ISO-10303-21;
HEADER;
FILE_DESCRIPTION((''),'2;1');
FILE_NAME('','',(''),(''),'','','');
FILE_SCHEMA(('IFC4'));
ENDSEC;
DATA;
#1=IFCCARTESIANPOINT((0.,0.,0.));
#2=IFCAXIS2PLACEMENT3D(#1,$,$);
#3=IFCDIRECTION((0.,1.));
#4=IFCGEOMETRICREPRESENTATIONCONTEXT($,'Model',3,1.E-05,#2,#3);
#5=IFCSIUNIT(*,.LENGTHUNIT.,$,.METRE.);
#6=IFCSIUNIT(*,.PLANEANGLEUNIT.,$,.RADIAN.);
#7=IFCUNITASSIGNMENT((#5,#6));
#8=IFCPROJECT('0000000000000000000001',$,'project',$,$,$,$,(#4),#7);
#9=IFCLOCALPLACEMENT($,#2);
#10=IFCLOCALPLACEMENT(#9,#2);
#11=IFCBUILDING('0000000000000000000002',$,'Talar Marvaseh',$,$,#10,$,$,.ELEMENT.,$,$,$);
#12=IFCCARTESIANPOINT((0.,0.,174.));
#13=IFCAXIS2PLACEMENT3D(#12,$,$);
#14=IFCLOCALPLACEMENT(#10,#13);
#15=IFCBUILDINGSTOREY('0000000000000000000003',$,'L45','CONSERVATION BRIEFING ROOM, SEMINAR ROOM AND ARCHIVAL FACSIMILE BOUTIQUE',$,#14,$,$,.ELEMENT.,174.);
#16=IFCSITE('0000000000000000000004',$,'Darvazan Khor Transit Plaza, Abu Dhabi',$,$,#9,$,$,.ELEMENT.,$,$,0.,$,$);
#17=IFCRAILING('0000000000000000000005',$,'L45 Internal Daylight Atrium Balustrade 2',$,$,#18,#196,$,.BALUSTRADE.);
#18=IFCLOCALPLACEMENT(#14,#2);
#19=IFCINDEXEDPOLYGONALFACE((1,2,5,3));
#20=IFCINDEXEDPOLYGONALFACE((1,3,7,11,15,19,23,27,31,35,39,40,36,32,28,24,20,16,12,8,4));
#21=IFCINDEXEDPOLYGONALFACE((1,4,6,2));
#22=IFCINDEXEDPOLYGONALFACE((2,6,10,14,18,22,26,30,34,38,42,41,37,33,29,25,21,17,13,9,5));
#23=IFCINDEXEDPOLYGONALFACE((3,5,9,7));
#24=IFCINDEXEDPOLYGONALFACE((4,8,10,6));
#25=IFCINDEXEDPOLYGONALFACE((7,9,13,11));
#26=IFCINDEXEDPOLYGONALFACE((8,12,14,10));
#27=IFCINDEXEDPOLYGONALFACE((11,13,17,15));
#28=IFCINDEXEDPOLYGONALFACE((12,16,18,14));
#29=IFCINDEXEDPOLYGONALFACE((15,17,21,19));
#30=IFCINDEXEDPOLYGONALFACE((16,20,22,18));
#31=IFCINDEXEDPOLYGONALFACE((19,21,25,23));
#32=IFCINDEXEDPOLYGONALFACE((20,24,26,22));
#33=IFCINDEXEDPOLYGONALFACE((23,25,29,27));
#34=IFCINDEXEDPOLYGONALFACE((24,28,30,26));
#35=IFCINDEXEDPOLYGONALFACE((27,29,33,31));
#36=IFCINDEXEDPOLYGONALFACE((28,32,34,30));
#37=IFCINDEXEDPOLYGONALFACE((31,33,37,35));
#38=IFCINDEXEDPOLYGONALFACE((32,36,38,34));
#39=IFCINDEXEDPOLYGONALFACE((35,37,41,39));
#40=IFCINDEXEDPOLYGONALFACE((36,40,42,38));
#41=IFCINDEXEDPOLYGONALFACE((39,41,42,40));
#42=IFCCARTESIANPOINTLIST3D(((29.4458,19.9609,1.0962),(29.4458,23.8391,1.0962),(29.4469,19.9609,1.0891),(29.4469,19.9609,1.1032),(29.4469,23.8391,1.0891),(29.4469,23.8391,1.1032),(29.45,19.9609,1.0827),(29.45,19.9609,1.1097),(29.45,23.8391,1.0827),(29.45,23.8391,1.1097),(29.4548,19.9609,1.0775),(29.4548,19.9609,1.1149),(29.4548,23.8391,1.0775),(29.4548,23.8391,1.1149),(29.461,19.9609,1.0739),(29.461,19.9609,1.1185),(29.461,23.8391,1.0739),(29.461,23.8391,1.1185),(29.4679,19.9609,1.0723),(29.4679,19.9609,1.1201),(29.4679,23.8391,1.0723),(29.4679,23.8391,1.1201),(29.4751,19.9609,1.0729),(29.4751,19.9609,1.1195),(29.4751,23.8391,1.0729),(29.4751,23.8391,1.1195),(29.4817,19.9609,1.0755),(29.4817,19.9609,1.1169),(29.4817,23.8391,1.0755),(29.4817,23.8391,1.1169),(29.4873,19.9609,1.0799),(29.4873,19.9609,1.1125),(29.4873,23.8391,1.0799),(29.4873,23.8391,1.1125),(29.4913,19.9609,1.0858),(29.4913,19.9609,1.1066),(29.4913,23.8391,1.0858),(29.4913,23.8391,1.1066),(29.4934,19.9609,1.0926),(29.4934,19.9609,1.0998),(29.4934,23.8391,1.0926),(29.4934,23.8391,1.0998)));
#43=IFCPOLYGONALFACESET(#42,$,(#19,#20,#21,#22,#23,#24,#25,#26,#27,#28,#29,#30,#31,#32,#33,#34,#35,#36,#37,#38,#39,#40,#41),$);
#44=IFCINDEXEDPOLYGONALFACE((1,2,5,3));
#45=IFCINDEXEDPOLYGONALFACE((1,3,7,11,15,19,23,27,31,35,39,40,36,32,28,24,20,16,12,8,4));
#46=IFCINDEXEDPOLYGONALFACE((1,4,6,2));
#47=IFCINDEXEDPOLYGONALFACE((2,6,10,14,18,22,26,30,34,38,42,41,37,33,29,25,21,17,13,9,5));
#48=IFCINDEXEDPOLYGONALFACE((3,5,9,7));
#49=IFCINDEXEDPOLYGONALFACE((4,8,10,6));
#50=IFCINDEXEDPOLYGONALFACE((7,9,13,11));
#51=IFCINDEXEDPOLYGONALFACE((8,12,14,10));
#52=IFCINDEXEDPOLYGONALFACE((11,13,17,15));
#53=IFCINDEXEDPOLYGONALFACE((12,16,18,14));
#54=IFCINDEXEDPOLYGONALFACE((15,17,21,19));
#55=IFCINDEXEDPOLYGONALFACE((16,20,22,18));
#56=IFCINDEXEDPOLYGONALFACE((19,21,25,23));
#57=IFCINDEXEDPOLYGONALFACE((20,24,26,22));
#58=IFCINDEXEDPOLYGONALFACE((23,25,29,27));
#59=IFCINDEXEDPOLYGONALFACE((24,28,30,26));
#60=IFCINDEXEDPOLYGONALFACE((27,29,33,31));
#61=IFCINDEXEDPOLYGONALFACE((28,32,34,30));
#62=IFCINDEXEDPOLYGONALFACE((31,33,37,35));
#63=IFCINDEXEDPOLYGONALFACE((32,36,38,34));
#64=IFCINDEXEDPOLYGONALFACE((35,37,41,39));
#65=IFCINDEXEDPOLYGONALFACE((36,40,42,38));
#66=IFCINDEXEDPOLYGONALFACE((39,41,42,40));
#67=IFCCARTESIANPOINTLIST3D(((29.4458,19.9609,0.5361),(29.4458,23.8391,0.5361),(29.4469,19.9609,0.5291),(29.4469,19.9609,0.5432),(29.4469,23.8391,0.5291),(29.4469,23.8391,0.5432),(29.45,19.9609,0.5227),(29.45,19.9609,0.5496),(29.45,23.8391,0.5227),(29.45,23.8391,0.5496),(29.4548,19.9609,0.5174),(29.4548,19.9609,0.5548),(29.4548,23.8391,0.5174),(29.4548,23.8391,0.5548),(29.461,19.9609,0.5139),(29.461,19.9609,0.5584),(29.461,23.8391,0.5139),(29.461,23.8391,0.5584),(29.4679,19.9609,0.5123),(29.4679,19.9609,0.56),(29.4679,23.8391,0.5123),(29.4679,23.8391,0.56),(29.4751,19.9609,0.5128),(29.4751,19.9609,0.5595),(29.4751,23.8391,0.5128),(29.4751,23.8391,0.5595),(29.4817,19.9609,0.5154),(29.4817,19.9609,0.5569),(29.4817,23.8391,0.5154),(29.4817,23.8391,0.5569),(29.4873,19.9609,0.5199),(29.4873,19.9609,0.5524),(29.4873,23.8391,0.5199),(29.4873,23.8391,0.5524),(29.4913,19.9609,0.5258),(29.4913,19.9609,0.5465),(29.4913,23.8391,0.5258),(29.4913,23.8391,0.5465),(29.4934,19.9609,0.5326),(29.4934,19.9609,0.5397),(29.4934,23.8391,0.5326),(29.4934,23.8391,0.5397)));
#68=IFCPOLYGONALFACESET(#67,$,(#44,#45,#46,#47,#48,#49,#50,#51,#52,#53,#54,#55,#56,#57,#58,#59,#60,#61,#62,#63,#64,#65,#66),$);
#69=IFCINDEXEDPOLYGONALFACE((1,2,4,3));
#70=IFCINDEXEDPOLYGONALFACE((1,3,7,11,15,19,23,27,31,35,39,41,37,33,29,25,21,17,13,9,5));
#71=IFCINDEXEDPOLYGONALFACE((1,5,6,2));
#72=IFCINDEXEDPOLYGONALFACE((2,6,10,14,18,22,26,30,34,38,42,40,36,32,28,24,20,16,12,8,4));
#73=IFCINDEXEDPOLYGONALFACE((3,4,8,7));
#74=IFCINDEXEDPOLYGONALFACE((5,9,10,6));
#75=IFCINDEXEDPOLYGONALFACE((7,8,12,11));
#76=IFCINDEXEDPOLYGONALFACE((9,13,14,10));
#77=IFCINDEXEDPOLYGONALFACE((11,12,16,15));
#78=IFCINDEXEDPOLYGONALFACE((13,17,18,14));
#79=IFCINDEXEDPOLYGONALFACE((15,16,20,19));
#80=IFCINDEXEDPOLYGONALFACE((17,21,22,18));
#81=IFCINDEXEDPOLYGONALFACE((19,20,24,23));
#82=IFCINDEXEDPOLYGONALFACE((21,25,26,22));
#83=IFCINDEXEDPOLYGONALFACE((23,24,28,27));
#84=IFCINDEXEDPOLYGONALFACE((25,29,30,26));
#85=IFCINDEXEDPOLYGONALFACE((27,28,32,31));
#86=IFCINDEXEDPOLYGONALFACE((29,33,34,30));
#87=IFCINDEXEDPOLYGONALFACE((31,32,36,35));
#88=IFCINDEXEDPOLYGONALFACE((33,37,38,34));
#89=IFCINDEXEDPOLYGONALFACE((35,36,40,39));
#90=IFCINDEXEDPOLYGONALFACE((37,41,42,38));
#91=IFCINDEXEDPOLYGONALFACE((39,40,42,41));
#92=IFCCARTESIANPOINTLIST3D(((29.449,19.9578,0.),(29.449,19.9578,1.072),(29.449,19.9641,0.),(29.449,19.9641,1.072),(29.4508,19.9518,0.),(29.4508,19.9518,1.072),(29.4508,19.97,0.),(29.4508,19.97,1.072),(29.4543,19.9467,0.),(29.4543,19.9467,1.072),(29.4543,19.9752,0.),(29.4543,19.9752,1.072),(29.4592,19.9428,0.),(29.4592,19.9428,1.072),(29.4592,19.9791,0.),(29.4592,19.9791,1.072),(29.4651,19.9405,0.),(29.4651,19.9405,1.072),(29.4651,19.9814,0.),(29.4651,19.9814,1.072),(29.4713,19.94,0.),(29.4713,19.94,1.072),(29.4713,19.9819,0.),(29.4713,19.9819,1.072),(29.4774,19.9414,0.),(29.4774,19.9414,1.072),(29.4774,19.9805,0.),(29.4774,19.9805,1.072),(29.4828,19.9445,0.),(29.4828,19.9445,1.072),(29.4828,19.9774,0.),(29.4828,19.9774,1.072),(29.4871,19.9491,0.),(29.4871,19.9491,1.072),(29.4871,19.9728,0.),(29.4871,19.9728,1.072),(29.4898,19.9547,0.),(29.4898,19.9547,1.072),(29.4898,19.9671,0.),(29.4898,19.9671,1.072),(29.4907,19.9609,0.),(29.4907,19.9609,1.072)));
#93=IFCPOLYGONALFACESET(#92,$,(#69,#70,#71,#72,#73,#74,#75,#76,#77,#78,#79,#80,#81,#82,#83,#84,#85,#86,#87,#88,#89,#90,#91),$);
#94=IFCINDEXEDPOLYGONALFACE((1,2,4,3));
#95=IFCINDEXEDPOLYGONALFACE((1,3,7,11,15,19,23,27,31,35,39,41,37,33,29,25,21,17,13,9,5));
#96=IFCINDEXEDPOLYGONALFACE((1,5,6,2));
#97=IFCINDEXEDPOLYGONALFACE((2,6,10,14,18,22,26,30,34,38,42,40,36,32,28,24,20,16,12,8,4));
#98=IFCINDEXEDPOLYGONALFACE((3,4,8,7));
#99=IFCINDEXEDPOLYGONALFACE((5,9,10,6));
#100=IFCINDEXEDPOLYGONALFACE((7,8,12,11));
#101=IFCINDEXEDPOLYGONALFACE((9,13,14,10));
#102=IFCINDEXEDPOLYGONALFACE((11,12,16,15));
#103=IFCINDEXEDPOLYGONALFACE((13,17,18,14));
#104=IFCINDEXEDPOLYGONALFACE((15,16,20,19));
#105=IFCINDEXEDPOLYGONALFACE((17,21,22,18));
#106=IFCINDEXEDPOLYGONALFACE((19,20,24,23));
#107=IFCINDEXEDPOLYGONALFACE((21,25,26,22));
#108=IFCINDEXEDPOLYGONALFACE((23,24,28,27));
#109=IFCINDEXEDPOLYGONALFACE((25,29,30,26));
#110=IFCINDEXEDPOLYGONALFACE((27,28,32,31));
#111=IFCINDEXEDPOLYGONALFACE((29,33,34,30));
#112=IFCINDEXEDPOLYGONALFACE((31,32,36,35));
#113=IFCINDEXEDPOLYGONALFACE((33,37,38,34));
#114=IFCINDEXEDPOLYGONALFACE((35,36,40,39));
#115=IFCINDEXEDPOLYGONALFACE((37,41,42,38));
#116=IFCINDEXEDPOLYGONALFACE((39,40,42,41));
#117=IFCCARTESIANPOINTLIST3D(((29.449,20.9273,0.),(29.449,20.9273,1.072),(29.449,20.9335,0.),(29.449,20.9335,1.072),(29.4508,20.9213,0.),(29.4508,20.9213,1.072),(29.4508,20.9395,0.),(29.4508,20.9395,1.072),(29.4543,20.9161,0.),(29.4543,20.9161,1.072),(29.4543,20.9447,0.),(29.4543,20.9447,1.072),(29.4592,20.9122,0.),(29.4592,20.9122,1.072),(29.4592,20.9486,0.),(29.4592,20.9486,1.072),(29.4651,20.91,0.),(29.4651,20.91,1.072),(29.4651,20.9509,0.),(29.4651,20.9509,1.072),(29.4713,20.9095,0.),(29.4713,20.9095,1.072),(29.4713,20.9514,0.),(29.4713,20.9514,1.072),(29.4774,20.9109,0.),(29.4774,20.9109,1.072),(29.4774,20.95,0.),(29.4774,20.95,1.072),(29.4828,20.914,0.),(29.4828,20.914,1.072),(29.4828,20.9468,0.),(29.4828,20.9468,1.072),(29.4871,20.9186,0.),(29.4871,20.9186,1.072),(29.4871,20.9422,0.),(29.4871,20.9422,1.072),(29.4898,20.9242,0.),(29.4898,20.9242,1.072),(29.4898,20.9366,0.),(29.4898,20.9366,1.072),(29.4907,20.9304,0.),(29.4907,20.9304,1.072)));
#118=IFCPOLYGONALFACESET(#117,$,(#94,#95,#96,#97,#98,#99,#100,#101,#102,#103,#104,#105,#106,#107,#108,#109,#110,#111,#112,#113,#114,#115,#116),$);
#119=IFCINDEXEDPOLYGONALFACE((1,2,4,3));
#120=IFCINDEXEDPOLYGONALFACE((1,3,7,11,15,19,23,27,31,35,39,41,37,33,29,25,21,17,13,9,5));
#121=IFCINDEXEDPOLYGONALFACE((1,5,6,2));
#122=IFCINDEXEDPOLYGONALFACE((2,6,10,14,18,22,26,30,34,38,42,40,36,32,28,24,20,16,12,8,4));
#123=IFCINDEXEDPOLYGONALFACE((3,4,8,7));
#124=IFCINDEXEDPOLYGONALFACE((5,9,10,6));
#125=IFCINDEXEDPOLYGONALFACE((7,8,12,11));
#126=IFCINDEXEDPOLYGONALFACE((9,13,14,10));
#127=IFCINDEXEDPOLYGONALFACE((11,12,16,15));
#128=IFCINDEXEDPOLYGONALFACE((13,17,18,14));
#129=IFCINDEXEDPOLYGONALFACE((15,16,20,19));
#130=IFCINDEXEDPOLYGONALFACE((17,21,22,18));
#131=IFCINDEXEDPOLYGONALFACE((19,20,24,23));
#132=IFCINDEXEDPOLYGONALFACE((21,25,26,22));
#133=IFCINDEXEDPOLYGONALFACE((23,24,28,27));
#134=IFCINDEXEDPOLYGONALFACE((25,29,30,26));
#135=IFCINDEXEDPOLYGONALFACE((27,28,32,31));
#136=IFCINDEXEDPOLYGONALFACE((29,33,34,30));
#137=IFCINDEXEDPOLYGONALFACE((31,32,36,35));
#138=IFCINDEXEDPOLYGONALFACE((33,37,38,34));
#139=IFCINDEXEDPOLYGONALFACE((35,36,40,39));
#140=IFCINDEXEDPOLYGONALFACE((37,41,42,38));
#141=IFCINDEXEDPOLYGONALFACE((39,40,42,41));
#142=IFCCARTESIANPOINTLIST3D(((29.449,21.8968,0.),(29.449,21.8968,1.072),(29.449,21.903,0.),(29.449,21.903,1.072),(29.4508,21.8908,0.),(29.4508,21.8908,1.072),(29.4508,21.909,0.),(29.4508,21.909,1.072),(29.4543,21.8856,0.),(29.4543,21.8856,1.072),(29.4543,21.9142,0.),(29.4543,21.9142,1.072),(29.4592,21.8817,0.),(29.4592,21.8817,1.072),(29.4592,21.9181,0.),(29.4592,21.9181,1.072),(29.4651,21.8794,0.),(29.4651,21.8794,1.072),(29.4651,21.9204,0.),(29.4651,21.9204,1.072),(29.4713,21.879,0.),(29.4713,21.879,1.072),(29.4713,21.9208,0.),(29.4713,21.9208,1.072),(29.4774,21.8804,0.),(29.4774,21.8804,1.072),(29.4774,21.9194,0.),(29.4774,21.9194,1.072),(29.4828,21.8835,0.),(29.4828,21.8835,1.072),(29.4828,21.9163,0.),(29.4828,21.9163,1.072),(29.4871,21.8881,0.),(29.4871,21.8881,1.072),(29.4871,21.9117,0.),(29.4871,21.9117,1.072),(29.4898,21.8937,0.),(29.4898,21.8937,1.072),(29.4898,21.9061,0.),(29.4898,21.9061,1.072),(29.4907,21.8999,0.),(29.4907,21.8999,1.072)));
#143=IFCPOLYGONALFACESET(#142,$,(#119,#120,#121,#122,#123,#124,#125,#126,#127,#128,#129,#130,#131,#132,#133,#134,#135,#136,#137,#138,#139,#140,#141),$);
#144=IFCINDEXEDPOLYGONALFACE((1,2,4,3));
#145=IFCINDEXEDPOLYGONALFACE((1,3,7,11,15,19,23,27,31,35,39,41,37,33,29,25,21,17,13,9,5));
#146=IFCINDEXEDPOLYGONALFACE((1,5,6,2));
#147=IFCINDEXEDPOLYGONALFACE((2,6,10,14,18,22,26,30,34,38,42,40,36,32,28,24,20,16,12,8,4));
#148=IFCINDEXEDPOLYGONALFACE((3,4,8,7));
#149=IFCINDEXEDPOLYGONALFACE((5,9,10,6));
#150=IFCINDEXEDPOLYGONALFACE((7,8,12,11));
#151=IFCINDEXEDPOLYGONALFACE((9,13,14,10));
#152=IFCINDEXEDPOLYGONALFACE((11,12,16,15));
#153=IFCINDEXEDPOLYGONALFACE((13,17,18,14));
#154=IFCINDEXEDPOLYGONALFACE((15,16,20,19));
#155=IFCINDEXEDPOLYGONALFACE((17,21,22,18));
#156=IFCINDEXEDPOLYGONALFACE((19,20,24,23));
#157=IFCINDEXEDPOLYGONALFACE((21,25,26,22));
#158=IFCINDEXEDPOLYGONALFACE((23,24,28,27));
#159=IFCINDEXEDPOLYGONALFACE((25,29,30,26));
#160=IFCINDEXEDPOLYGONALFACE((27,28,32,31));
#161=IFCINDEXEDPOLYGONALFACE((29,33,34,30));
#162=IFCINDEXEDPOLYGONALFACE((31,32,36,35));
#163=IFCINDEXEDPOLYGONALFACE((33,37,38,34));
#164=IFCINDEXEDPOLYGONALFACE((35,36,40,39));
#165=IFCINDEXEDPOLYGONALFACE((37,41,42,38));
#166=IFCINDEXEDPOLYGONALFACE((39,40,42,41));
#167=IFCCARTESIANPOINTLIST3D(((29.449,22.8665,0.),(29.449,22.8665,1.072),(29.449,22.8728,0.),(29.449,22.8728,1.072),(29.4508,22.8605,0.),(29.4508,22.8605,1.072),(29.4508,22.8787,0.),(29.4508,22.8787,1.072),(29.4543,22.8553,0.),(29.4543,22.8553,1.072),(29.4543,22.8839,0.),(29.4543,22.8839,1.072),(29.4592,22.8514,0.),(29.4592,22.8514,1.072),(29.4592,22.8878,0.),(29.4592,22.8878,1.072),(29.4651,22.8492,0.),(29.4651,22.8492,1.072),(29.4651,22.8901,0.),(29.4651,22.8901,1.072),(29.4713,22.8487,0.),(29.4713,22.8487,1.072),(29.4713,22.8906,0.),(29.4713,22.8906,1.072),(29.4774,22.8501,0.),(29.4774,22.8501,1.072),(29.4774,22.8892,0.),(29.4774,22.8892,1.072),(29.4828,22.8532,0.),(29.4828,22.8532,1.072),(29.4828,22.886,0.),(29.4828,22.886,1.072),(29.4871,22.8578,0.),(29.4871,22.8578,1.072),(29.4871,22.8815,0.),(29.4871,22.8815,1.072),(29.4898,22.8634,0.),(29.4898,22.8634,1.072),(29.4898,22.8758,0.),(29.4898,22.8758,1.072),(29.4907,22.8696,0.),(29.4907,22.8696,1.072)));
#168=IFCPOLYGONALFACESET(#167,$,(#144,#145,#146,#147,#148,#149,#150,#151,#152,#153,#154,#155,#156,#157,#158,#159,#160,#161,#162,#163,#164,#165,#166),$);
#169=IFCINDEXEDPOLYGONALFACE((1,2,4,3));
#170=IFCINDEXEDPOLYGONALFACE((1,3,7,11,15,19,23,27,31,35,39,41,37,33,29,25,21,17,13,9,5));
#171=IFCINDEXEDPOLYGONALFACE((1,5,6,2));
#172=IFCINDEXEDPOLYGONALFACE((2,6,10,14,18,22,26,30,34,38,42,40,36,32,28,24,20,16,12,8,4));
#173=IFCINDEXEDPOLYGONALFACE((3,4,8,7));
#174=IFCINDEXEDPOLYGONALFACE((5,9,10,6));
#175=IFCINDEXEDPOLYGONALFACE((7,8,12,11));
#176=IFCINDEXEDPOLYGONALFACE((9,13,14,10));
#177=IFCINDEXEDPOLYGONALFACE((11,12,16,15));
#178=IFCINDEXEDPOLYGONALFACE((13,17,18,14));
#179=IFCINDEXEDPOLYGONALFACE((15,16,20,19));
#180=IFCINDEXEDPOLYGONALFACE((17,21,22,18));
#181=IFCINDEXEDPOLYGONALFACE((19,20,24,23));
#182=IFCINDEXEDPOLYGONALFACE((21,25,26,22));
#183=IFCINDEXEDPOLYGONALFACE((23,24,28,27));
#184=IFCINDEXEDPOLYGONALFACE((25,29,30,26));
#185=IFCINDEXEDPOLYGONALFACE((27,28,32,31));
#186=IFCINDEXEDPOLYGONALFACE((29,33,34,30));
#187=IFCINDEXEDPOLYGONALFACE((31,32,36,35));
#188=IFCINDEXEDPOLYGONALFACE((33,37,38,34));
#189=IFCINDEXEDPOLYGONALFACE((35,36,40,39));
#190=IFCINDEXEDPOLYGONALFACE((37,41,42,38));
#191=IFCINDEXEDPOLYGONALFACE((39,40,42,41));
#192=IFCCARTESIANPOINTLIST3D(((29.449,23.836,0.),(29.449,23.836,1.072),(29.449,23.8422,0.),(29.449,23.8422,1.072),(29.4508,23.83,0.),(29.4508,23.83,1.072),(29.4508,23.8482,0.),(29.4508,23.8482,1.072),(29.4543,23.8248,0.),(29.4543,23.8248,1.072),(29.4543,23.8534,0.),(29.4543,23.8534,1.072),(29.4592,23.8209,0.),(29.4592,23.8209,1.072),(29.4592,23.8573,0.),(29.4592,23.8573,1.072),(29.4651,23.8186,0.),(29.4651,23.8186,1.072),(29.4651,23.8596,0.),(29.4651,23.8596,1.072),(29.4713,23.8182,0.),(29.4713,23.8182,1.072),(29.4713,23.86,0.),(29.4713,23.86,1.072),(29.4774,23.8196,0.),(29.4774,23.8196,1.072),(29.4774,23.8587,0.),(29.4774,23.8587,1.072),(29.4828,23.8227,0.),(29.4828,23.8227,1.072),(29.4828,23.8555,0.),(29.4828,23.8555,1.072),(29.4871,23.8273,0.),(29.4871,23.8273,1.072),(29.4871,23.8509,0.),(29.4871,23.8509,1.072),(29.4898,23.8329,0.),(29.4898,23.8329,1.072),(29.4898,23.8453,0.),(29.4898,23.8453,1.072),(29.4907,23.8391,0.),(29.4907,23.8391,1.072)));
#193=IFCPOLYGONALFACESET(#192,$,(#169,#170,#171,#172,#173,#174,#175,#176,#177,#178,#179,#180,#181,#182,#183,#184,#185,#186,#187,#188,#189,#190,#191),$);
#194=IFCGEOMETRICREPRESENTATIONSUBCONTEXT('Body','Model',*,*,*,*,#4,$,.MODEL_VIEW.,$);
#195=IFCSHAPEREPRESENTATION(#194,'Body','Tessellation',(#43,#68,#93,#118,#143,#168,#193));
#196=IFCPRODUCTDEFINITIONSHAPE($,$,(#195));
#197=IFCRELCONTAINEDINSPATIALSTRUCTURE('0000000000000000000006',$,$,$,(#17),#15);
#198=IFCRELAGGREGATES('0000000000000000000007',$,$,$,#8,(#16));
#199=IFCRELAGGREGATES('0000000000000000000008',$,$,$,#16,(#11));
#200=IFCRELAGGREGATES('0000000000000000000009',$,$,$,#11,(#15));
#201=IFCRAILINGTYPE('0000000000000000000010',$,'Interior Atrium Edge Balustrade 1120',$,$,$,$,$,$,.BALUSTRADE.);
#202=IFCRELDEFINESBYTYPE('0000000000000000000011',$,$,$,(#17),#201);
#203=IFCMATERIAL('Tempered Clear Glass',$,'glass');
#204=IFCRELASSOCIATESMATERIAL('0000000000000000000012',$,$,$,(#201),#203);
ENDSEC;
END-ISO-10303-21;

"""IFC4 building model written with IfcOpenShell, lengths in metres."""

from ifc_helpers import new_model, si_unit, direction, frame, origin, origin_2d, place, context, subcontext, project, spatial, circle, extrude, material, type_object, element, save


model = new_model("IFC4")

# Units and contexts
model_context = context("Model", 3, precision=1e-05, world=origin(), true_north=direction((0.0, 1.0)))
body_context = subcontext(model_context, "Body", "Model", "MODEL_VIEW")
ifc_project = project(units=[si_unit("LENGTHUNIT", "METRE"), si_unit("PLANEANGLEUNIT", "RADIAN")], contexts=[model_context])

# Site, building, storey
site_placement = place(None, origin())
site = spatial("IfcSite", under=ifc_project, at=site_placement, Name="Darvazan Khor Transit Plaza, Abu Dhabi", CompositionType="ELEMENT", RefElevation=0.0)
building_placement = place(site_placement, origin())
building = spatial("IfcBuilding", under=site, at=building_placement, Name="Talar Marvaseh", CompositionType="ELEMENT")
storey_placement = place(building_placement, frame((0.0, 0.0, 174.0)))
storey = spatial("IfcBuildingStorey", under=building, at=storey_placement, Name="L45", Description="CONSERVATION BRIEFING ROOM, SEMINAR ROOM AND ARCHIVAL FACSIMILE BOUTIQUE", CompositionType="ELEMENT", Elevation=174.0)

# Railing
ifc_material_1 = material(Name="Tempered Clear Glass", Category="glass")
railing_type = type_object("IfcRailingType", Name="Interior Atrium Edge Balustrade 1120", PredefinedType="BALUSTRADE", material=ifc_material_1)
railing_1_placement = place(storey_placement, frame((29.4697, 19.9609, 0.0)))
element("IfcRailing", 1, at=railing_1_placement, inside=storey, type_object=railing_type, Name="L45 Internal Daylight Atrium Balustrade 2", PredefinedType="BALUSTRADE", context=body_context, shape_type="SweptSolid", body=[
    extrude(circle(Radius=0.0239, at=origin_2d()), frame((0.0, 0.0, 1.0962), z_axis=(0.0, 1.0, 0.0), x_axis=(-1.0, 0.0, 0.0)), (0.0, 0.0, 1.0), 3.8782),
    extrude(circle(Radius=0.0239, at=origin_2d()), frame((0.0, 0.0, 0.5361), z_axis=(0.0, 1.0, 0.0), x_axis=(-1.0, 0.0, 0.0)), (0.0, 0.0, 1.0), 3.8782),
    extrude(circle(Radius=0.021, at=origin_2d()), origin(), (0.0, 0.0, 1.0), 1.072),
    extrude(circle(Radius=0.021, at=origin_2d()), frame((0.0, 0.9695, 0.0)), (0.0, 0.0, 1.0), 1.072),
    extrude(circle(Radius=0.021, at=origin_2d()), frame((0.0, 1.939, 0.0)), (0.0, 0.0, 1.0), 1.072),
    extrude(circle(Radius=0.021, at=origin_2d()), frame((0.0, 2.9087, 0.0)), (0.0, 0.0, 1.0), 1.072),
    extrude(circle(Radius=0.021, at=origin_2d()), frame((0.0, 3.8782, 0.0)), (0.0, 0.0, 1.0), 1.072),
])

save(model, "model.ifc")
